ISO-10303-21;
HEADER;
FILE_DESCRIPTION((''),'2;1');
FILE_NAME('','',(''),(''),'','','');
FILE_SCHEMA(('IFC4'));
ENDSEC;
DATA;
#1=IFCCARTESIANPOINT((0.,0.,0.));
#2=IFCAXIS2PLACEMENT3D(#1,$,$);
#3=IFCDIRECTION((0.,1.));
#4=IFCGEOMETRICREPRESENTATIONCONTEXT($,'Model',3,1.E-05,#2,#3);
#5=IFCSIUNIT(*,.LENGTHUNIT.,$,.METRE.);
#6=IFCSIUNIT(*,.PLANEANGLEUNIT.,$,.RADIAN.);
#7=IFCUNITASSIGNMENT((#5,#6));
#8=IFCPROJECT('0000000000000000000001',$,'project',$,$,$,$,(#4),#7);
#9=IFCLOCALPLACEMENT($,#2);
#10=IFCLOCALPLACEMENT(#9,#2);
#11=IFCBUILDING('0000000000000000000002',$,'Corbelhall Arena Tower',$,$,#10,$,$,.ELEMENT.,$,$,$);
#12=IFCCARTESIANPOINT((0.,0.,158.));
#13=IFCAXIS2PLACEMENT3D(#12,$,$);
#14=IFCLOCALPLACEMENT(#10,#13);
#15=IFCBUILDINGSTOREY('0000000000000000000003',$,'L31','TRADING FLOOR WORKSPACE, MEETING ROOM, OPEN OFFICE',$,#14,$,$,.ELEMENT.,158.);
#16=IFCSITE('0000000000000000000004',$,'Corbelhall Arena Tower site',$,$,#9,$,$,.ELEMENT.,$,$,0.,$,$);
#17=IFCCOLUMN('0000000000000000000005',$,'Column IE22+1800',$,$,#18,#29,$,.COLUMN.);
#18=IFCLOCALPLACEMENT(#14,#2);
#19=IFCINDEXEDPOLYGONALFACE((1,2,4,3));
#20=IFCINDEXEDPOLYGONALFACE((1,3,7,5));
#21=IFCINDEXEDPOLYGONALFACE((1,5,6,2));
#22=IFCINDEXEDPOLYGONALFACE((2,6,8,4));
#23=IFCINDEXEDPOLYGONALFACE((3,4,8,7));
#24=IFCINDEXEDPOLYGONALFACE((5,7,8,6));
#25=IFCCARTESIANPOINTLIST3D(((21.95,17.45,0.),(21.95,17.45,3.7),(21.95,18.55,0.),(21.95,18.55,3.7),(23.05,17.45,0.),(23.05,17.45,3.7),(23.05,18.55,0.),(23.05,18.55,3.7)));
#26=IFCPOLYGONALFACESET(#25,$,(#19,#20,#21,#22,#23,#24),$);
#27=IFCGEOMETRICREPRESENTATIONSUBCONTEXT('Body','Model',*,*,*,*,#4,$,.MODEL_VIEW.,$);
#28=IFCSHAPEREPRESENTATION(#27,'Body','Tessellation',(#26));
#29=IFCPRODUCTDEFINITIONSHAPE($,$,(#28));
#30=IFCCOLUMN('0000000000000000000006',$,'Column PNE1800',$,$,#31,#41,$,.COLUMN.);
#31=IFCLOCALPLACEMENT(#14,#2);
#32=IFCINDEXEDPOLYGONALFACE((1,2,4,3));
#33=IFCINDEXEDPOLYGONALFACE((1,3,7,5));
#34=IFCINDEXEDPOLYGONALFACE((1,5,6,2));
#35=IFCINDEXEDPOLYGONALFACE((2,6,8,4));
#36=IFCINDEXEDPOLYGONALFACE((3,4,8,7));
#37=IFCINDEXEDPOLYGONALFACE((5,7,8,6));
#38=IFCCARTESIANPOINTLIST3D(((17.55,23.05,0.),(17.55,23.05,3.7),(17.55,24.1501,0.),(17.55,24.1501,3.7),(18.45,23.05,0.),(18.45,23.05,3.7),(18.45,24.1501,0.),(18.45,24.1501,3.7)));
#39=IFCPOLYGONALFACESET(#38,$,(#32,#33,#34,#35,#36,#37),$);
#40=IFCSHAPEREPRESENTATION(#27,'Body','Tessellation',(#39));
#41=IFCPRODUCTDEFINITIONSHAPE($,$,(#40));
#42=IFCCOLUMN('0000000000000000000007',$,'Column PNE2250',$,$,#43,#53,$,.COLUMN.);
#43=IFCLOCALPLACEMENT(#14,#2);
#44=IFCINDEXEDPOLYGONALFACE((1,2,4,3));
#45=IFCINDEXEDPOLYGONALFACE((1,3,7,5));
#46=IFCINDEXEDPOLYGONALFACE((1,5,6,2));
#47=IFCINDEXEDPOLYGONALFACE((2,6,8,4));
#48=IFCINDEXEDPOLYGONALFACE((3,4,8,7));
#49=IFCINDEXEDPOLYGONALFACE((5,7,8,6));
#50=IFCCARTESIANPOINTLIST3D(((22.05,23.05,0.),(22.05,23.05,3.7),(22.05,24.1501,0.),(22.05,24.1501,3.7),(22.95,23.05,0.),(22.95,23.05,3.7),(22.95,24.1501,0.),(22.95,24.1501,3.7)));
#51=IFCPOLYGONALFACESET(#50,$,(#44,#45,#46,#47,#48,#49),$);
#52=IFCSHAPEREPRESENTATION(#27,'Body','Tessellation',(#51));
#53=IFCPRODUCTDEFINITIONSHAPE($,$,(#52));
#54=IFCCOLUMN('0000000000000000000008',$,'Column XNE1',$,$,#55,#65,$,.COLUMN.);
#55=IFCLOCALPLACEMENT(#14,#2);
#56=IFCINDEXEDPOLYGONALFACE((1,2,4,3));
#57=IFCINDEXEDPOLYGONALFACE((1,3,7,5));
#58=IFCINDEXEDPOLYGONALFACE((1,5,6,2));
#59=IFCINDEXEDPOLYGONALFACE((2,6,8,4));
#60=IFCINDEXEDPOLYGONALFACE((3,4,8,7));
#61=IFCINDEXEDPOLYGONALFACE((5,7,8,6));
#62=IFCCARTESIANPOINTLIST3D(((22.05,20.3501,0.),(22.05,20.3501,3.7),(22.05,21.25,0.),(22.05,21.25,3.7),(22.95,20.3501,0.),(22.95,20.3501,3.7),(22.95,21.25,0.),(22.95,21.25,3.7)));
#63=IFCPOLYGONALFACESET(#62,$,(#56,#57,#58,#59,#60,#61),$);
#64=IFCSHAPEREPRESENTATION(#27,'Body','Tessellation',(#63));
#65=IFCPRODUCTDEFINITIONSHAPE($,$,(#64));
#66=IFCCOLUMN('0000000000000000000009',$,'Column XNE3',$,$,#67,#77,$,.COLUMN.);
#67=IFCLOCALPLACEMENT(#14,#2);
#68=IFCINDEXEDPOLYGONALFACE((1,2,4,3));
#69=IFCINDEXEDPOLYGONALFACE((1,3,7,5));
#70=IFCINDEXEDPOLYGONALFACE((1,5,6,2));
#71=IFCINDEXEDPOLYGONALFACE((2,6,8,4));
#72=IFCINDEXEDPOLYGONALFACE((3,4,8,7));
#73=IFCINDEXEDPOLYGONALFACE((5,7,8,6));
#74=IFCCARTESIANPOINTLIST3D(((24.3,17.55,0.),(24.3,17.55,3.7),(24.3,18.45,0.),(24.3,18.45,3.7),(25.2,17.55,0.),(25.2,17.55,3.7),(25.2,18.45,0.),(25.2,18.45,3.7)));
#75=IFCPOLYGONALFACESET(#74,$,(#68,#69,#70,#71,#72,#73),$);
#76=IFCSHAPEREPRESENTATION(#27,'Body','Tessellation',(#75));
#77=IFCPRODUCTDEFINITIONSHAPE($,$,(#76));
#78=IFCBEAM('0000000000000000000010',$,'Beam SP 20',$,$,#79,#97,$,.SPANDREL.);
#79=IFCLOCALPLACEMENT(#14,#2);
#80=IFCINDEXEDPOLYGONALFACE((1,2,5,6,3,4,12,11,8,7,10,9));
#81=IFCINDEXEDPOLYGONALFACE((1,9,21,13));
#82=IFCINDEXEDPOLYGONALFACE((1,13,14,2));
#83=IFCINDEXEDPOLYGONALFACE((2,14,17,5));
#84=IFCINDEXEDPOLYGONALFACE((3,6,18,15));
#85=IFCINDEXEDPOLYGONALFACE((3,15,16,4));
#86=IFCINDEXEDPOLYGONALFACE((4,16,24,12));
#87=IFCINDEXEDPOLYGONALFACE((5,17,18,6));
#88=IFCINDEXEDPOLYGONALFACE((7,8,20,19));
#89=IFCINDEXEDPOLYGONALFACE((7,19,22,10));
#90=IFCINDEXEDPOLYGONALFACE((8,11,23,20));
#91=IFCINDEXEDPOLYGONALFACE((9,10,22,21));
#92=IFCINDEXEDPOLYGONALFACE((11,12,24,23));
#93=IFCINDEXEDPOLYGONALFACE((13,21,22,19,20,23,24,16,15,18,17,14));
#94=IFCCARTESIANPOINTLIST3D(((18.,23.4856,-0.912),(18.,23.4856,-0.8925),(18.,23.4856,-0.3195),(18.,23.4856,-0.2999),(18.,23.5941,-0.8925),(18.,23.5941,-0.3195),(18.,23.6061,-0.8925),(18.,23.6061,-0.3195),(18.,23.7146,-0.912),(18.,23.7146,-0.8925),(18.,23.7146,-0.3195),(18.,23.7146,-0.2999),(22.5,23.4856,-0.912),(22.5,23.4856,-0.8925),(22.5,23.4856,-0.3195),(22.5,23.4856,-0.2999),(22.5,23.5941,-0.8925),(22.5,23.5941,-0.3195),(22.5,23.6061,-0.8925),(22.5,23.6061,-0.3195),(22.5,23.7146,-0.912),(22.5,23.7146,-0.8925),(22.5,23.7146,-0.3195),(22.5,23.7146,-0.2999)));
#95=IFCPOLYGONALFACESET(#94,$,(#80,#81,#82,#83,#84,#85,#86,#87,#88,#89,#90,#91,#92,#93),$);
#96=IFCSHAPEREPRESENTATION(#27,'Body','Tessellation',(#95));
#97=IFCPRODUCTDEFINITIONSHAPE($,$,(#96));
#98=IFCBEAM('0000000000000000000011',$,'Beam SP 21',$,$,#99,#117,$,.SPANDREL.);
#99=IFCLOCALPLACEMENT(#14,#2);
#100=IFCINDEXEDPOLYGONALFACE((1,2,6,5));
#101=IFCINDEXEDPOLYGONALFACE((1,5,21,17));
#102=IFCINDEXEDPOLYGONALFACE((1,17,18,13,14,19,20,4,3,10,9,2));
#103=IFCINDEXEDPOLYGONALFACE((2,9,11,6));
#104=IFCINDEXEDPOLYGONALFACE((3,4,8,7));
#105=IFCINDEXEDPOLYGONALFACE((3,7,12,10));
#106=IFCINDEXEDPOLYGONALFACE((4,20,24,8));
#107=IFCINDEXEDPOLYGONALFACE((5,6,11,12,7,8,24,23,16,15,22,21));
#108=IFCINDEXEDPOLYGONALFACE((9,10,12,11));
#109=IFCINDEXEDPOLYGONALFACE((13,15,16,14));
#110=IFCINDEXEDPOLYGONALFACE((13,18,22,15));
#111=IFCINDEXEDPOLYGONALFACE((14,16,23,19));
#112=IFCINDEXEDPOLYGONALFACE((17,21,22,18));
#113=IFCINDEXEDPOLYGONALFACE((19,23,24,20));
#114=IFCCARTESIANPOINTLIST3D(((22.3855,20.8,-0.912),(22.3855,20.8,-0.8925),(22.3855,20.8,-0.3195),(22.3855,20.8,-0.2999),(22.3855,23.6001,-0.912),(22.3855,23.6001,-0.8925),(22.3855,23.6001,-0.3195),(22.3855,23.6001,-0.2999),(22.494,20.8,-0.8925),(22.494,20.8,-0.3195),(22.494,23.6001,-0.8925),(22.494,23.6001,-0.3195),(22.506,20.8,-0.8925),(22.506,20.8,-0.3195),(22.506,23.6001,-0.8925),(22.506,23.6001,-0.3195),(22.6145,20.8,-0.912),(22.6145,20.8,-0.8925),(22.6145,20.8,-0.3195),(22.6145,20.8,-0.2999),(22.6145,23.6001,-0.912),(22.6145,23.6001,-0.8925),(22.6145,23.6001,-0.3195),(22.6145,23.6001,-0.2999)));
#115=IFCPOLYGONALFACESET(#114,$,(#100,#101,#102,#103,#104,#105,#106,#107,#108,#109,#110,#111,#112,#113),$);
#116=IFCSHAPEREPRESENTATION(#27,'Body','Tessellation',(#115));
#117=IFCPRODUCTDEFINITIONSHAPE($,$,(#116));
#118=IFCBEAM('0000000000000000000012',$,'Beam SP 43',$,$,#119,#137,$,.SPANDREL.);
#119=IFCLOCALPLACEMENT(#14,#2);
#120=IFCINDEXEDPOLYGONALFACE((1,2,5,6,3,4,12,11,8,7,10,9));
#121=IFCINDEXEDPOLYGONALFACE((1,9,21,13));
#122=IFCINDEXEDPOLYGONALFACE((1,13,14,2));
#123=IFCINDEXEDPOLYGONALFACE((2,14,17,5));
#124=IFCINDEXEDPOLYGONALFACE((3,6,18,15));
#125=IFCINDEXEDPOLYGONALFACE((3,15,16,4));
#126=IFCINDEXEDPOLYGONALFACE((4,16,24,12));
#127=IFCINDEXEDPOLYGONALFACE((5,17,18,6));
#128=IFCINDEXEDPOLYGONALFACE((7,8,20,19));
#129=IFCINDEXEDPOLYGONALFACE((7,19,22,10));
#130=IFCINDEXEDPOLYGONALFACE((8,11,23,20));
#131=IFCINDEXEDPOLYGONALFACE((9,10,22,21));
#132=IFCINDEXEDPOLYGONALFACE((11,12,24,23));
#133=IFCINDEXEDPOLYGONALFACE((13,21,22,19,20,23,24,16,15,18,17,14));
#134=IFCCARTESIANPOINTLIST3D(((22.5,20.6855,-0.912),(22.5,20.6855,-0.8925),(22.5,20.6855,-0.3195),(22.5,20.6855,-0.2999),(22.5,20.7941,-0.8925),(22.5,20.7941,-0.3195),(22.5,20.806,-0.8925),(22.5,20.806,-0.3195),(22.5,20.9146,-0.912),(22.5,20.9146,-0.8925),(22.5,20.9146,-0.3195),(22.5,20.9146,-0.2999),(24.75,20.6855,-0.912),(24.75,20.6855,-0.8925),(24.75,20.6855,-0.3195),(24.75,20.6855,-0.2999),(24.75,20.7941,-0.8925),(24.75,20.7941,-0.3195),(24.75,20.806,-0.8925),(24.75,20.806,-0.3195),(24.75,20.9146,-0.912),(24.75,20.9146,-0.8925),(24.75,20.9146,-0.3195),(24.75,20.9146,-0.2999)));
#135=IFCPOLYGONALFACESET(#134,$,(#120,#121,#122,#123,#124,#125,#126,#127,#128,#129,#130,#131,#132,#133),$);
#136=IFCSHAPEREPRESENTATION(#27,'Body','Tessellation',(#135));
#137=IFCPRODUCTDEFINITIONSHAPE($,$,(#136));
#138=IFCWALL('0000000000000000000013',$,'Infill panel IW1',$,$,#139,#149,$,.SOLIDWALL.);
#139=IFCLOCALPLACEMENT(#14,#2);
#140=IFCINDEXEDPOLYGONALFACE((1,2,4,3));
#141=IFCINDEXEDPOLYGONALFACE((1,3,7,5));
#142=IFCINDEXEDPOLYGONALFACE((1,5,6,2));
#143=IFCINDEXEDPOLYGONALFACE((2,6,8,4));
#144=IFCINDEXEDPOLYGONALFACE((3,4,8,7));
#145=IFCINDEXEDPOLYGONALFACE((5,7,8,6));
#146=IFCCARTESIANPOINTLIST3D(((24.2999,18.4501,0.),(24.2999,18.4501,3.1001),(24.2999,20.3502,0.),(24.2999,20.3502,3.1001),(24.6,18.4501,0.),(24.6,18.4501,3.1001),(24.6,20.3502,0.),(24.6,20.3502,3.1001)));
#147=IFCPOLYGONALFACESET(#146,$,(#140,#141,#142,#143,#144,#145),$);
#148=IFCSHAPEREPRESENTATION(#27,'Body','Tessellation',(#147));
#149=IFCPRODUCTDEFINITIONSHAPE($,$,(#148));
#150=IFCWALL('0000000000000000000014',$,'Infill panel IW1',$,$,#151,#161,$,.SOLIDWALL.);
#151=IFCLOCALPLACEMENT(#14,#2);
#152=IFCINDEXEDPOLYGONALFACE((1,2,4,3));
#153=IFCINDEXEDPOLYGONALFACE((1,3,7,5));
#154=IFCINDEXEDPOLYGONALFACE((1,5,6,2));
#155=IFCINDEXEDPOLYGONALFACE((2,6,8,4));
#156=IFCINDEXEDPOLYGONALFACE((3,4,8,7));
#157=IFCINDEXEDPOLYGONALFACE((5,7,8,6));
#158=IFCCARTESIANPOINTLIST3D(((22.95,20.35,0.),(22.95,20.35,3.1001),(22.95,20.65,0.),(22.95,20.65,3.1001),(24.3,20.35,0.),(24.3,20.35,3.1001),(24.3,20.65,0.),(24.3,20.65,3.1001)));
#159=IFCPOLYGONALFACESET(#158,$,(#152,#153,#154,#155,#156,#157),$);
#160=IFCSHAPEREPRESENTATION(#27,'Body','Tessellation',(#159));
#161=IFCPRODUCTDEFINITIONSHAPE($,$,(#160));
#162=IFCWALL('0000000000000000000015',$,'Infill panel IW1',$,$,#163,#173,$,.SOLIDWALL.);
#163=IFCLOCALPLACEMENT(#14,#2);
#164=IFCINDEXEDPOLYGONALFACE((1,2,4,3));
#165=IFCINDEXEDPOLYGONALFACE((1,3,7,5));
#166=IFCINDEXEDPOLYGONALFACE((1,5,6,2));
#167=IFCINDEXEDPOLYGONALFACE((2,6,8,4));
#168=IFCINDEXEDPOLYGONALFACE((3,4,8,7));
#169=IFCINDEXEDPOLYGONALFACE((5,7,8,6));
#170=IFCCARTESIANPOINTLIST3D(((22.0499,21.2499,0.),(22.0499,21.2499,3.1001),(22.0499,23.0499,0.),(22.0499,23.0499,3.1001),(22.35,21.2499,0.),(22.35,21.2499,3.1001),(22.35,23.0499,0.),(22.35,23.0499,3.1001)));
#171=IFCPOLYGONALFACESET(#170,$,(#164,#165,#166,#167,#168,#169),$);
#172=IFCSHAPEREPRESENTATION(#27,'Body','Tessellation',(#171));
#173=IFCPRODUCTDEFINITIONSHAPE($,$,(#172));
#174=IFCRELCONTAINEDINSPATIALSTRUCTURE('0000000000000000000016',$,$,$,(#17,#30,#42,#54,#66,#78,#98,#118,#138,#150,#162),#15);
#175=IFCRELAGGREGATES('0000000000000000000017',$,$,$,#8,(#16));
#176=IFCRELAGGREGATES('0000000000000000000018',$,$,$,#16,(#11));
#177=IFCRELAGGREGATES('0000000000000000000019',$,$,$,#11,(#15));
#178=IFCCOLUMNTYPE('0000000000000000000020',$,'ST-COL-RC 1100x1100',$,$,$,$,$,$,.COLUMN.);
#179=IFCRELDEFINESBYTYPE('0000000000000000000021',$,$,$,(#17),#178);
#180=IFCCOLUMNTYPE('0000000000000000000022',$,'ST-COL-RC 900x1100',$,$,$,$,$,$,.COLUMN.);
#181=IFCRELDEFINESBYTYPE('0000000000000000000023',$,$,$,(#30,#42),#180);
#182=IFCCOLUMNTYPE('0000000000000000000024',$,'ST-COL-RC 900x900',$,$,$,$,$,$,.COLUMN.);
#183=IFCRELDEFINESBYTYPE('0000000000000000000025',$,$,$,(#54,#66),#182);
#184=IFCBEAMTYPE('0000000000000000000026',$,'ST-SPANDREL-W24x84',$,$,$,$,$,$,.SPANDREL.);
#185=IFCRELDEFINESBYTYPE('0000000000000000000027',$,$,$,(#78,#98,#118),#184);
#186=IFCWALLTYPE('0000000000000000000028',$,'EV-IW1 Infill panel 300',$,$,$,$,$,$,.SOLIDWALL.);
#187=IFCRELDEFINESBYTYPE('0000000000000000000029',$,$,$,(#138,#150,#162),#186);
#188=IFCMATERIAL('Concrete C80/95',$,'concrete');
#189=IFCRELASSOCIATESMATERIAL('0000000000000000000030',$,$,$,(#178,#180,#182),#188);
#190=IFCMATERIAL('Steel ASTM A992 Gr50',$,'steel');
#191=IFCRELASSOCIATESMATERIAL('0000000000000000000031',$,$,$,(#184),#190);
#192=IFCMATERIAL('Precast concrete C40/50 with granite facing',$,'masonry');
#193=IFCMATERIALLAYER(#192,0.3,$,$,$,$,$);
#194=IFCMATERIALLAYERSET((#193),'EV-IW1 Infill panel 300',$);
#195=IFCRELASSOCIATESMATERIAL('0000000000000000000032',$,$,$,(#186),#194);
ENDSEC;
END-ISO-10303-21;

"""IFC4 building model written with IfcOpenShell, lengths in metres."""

from ifc_helpers import new_model, si_unit, direction, frame, frame_2d, origin, origin_2d, place, context, subcontext, project, spatial, rectangle, i_section, extrude, material, layer, layer_set, material_profile, profile_set, type_object, element, save


model = new_model("IFC4")

# Units and contexts
model_context = context("Model", 3, precision=1e-05, world=origin(), true_north=direction((0.0, 1.0)))
body_context = subcontext(model_context, "Body", "Model", "MODEL_VIEW")
ifc_project = project(units=[si_unit("LENGTHUNIT", "METRE"), si_unit("PLANEANGLEUNIT", "RADIAN")], contexts=[model_context])

# Site, building, storey
site_placement = place(None, origin())
site = spatial("IfcSite", under=ifc_project, at=site_placement, Name="Corbelhall Arena Tower site", CompositionType="ELEMENT", RefElevation=0.0)
building_placement = place(site_placement, origin())
building = spatial("IfcBuilding", under=site, at=building_placement, Name="Corbelhall Arena Tower", CompositionType="ELEMENT")
storey_placement = place(building_placement, frame((0.0, 0.0, 158.0)))
storey = spatial("IfcBuildingStorey", under=building, at=storey_placement, Name="L31", Description="TRADING FLOOR WORKSPACE, MEETING ROOM, OPEN OFFICE", CompositionType="ELEMENT", Elevation=158.0)

# Columns
ifc_material_1 = material(Name="Concrete C80/95", Category="concrete")
ifc_material_profile_1 = material_profile(ifc_material_1, rectangle(XDim=1.1001, YDim=1.1001, at=origin_2d()))
ifc_profile_set_1 = profile_set([ifc_material_profile_1], Name="Concrete C80/95")
column_type_1 = type_object("IfcColumnType", Name="ST-COL-RC 1100x1100", PredefinedType="COLUMN", material=ifc_profile_set_1)
column_placement = place(storey_placement, frame((22.5, 18.0, 0.0), z_axis=(0.0, 0.0, 1.0), x_axis=(1.0, 0.0, 0.0)))
element("IfcColumn", 1, at=column_placement, inside=storey, type_object=column_type_1, Name="Column IE22+1800", PredefinedType="COLUMN", context=body_context, shape_type="SweptSolid", body=[
    extrude(rectangle(XDim=1.1001, YDim=1.1001, at=origin_2d()), origin(), (0.0, 0.0, 1.0), 3.7),
])
ifc_material_profile_2 = material_profile(ifc_material_1, rectangle(XDim=0.8999, YDim=1.1001, at=origin_2d()))
ifc_profile_set_2 = profile_set([ifc_material_profile_2], Name="Concrete C80/95")
column_type_2 = type_object("IfcColumnType", Name="ST-COL-RC 900x1100", PredefinedType="COLUMN", material=ifc_profile_set_2)
for number, where, z_axis, x_axis, name in (
    (2, (18.0, 23.6001, 0.0), (0.0, 0.0, 1.0), (1.0, 0.0, 0.0), "Column PNE1800"),
    (3, (22.5, 23.6001, 0.0), (0.0, 0.0, 1.0), (1.0, 0.0, 0.0), "Column PNE2250"),
):
    element("IfcColumn", number, at=place(storey_placement, frame(where, z_axis=z_axis, x_axis=x_axis)), inside=storey, type_object=column_type_2, Name=name, PredefinedType="COLUMN", context=body_context, shape_type="SweptSolid", body=[
        extrude(rectangle(XDim=0.8999, YDim=1.1001, at=origin_2d()), origin(), (0.0, 0.0, 1.0), 3.7),
    ])
ifc_material_profile_3 = material_profile(ifc_material_1, rectangle(XDim=0.8999, YDim=0.8999, at=origin_2d()))
ifc_profile_set_3 = profile_set([ifc_material_profile_3], Name="Concrete C80/95")
column_type_3 = type_object("IfcColumnType", Name="ST-COL-RC 900x900", PredefinedType="COLUMN", material=ifc_profile_set_3)
for number, where, z_axis, x_axis, name in (
    (4, (22.5, 20.8, 0.0), (0.0, 0.0, 1.0), (1.0, 0.0, 0.0), "Column XNE1"),
    (5, (24.75, 18.0, 0.0), (0.0, 0.0, 1.0), (1.0, 0.0, 0.0), "Column XNE3"),
):
    element("IfcColumn", number, at=place(storey_placement, frame(where, z_axis=z_axis, x_axis=x_axis)), inside=storey, type_object=column_type_3, Name=name, PredefinedType="COLUMN", context=body_context, shape_type="SweptSolid", body=[
        extrude(rectangle(XDim=0.8999, YDim=0.8999, at=origin_2d()), origin(), (0.0, 0.0, 1.0), 3.7),
    ])

# Beams
ifc_material_2 = material(Name="Steel ASTM A992 Gr50", Category="steel")
ifc_material_profile_4 = material_profile(ifc_material_2, i_section(OverallWidth=0.229, OverallDepth=0.6121, WebThickness=0.012, FlangeThickness=0.0195, at=origin_2d()))
ifc_profile_set_4 = profile_set([ifc_material_profile_4], Name="Steel ASTM A992 Gr50")
beam_type = type_object("IfcBeamType", Name="ST-SPANDREL-W24x84", PredefinedType="SPANDREL", material=ifc_profile_set_4)
beam_1_placement = place(storey_placement, frame((18.0, 23.6001, -0.606), z_axis=(1.0, 0.0, 0.0), x_axis=(0.0, 1.0, 0.0)))
element("IfcBeam", 6, at=beam_1_placement, inside=storey, type_object=beam_type, Name="Beam SP 20", PredefinedType="SPANDREL", context=body_context, shape_type="SweptSolid", body=[
    extrude(i_section(OverallWidth=0.229, OverallDepth=0.6121, WebThickness=0.012, FlangeThickness=0.0195, at=origin_2d()), origin(), (0.0, 0.0, 1.0), 4.5),
])
beam_2_placement = place(storey_placement, frame((22.5, 23.6001, -0.606), z_axis=(0.0, -1.0, 0.0), x_axis=(1.0, 0.0, 0.0)))
element("IfcBeam", 7, at=beam_2_placement, inside=storey, type_object=beam_type, Name="Beam SP 21", PredefinedType="SPANDREL", context=body_context, shape_type="SweptSolid", body=[
    extrude(i_section(OverallWidth=0.229, OverallDepth=0.6121, WebThickness=0.012, FlangeThickness=0.0195, at=origin_2d()), origin(), (0.0, 0.0, 1.0), 2.8),
])
beam_3_placement = place(storey_placement, frame((22.5, 20.8, -0.606), z_axis=(1.0, 0.0, 0.0), x_axis=(0.0, 1.0, 0.0)))
element("IfcBeam", 8, at=beam_3_placement, inside=storey, type_object=beam_type, Name="Beam SP 43", PredefinedType="SPANDREL", context=body_context, shape_type="SweptSolid", body=[
    extrude(i_section(OverallWidth=0.229, OverallDepth=0.6121, WebThickness=0.012, FlangeThickness=0.0195, at=origin_2d()), origin(), (0.0, 0.0, 1.0), 2.25),
])

# Walls
ifc_material_3 = material(Name="Precast concrete C40/50 with granite facing", Category="masonry")
ifc_layer_1 = layer(ifc_material_3, 0.3)
ifc_layer_set_1 = layer_set([ifc_layer_1], Name="EV-IW1 Infill panel 300")
wall_type_1 = type_object("IfcWallType", Name="EV-IW1 Infill panel 300", PredefinedType="SOLIDWALL", material=ifc_layer_set_1)
wall_1_placement = place(storey_placement, frame((24.45, 18.45, 0.0), z_axis=(0.0, 0.0, 1.0), x_axis=(0.0, 1.0, 0.0)))
element("IfcWall", 9, at=wall_1_placement, inside=storey, type_object=wall_type_1, Name="Infill panel IW1", PredefinedType="SOLIDWALL", context=body_context, shape_type="SweptSolid", body=[
    extrude(rectangle(XDim=1.9001, YDim=0.3, at=frame_2d((0.9502, 0.0))), origin(), (0.0, 0.0, 1.0), 3.1001),
])
wall_2_placement = place(storey_placement, frame((24.3, 20.5, 0.0), z_axis=(0.0, 0.0, 1.0), x_axis=(-1.0, 0.0, 0.0)))
element("IfcWall", 10, at=wall_2_placement, inside=storey, type_object=wall_type_1, Name="Infill panel IW1", PredefinedType="SOLIDWALL", context=body_context, shape_type="SweptSolid", body=[
    extrude(rectangle(XDim=1.3501, YDim=0.3, at=frame_2d((0.675, 0.0))), origin(), (0.0, 0.0, 1.0), 3.1001),
])
wall_3_placement = place(storey_placement, frame((22.2, 21.25, 0.0), z_axis=(0.0, 0.0, 1.0), x_axis=(0.0, 1.0, 0.0)))
element("IfcWall", 11, at=wall_3_placement, inside=storey, type_object=wall_type_1, Name="Infill panel IW1", PredefinedType="SOLIDWALL", context=body_context, shape_type="SweptSolid", body=[
    extrude(rectangle(XDim=1.8, YDim=0.3, at=frame_2d((0.8999, 0.0))), origin(), (0.0, 0.0, 1.0), 3.1001),
])

save(model, "model.ifc")
